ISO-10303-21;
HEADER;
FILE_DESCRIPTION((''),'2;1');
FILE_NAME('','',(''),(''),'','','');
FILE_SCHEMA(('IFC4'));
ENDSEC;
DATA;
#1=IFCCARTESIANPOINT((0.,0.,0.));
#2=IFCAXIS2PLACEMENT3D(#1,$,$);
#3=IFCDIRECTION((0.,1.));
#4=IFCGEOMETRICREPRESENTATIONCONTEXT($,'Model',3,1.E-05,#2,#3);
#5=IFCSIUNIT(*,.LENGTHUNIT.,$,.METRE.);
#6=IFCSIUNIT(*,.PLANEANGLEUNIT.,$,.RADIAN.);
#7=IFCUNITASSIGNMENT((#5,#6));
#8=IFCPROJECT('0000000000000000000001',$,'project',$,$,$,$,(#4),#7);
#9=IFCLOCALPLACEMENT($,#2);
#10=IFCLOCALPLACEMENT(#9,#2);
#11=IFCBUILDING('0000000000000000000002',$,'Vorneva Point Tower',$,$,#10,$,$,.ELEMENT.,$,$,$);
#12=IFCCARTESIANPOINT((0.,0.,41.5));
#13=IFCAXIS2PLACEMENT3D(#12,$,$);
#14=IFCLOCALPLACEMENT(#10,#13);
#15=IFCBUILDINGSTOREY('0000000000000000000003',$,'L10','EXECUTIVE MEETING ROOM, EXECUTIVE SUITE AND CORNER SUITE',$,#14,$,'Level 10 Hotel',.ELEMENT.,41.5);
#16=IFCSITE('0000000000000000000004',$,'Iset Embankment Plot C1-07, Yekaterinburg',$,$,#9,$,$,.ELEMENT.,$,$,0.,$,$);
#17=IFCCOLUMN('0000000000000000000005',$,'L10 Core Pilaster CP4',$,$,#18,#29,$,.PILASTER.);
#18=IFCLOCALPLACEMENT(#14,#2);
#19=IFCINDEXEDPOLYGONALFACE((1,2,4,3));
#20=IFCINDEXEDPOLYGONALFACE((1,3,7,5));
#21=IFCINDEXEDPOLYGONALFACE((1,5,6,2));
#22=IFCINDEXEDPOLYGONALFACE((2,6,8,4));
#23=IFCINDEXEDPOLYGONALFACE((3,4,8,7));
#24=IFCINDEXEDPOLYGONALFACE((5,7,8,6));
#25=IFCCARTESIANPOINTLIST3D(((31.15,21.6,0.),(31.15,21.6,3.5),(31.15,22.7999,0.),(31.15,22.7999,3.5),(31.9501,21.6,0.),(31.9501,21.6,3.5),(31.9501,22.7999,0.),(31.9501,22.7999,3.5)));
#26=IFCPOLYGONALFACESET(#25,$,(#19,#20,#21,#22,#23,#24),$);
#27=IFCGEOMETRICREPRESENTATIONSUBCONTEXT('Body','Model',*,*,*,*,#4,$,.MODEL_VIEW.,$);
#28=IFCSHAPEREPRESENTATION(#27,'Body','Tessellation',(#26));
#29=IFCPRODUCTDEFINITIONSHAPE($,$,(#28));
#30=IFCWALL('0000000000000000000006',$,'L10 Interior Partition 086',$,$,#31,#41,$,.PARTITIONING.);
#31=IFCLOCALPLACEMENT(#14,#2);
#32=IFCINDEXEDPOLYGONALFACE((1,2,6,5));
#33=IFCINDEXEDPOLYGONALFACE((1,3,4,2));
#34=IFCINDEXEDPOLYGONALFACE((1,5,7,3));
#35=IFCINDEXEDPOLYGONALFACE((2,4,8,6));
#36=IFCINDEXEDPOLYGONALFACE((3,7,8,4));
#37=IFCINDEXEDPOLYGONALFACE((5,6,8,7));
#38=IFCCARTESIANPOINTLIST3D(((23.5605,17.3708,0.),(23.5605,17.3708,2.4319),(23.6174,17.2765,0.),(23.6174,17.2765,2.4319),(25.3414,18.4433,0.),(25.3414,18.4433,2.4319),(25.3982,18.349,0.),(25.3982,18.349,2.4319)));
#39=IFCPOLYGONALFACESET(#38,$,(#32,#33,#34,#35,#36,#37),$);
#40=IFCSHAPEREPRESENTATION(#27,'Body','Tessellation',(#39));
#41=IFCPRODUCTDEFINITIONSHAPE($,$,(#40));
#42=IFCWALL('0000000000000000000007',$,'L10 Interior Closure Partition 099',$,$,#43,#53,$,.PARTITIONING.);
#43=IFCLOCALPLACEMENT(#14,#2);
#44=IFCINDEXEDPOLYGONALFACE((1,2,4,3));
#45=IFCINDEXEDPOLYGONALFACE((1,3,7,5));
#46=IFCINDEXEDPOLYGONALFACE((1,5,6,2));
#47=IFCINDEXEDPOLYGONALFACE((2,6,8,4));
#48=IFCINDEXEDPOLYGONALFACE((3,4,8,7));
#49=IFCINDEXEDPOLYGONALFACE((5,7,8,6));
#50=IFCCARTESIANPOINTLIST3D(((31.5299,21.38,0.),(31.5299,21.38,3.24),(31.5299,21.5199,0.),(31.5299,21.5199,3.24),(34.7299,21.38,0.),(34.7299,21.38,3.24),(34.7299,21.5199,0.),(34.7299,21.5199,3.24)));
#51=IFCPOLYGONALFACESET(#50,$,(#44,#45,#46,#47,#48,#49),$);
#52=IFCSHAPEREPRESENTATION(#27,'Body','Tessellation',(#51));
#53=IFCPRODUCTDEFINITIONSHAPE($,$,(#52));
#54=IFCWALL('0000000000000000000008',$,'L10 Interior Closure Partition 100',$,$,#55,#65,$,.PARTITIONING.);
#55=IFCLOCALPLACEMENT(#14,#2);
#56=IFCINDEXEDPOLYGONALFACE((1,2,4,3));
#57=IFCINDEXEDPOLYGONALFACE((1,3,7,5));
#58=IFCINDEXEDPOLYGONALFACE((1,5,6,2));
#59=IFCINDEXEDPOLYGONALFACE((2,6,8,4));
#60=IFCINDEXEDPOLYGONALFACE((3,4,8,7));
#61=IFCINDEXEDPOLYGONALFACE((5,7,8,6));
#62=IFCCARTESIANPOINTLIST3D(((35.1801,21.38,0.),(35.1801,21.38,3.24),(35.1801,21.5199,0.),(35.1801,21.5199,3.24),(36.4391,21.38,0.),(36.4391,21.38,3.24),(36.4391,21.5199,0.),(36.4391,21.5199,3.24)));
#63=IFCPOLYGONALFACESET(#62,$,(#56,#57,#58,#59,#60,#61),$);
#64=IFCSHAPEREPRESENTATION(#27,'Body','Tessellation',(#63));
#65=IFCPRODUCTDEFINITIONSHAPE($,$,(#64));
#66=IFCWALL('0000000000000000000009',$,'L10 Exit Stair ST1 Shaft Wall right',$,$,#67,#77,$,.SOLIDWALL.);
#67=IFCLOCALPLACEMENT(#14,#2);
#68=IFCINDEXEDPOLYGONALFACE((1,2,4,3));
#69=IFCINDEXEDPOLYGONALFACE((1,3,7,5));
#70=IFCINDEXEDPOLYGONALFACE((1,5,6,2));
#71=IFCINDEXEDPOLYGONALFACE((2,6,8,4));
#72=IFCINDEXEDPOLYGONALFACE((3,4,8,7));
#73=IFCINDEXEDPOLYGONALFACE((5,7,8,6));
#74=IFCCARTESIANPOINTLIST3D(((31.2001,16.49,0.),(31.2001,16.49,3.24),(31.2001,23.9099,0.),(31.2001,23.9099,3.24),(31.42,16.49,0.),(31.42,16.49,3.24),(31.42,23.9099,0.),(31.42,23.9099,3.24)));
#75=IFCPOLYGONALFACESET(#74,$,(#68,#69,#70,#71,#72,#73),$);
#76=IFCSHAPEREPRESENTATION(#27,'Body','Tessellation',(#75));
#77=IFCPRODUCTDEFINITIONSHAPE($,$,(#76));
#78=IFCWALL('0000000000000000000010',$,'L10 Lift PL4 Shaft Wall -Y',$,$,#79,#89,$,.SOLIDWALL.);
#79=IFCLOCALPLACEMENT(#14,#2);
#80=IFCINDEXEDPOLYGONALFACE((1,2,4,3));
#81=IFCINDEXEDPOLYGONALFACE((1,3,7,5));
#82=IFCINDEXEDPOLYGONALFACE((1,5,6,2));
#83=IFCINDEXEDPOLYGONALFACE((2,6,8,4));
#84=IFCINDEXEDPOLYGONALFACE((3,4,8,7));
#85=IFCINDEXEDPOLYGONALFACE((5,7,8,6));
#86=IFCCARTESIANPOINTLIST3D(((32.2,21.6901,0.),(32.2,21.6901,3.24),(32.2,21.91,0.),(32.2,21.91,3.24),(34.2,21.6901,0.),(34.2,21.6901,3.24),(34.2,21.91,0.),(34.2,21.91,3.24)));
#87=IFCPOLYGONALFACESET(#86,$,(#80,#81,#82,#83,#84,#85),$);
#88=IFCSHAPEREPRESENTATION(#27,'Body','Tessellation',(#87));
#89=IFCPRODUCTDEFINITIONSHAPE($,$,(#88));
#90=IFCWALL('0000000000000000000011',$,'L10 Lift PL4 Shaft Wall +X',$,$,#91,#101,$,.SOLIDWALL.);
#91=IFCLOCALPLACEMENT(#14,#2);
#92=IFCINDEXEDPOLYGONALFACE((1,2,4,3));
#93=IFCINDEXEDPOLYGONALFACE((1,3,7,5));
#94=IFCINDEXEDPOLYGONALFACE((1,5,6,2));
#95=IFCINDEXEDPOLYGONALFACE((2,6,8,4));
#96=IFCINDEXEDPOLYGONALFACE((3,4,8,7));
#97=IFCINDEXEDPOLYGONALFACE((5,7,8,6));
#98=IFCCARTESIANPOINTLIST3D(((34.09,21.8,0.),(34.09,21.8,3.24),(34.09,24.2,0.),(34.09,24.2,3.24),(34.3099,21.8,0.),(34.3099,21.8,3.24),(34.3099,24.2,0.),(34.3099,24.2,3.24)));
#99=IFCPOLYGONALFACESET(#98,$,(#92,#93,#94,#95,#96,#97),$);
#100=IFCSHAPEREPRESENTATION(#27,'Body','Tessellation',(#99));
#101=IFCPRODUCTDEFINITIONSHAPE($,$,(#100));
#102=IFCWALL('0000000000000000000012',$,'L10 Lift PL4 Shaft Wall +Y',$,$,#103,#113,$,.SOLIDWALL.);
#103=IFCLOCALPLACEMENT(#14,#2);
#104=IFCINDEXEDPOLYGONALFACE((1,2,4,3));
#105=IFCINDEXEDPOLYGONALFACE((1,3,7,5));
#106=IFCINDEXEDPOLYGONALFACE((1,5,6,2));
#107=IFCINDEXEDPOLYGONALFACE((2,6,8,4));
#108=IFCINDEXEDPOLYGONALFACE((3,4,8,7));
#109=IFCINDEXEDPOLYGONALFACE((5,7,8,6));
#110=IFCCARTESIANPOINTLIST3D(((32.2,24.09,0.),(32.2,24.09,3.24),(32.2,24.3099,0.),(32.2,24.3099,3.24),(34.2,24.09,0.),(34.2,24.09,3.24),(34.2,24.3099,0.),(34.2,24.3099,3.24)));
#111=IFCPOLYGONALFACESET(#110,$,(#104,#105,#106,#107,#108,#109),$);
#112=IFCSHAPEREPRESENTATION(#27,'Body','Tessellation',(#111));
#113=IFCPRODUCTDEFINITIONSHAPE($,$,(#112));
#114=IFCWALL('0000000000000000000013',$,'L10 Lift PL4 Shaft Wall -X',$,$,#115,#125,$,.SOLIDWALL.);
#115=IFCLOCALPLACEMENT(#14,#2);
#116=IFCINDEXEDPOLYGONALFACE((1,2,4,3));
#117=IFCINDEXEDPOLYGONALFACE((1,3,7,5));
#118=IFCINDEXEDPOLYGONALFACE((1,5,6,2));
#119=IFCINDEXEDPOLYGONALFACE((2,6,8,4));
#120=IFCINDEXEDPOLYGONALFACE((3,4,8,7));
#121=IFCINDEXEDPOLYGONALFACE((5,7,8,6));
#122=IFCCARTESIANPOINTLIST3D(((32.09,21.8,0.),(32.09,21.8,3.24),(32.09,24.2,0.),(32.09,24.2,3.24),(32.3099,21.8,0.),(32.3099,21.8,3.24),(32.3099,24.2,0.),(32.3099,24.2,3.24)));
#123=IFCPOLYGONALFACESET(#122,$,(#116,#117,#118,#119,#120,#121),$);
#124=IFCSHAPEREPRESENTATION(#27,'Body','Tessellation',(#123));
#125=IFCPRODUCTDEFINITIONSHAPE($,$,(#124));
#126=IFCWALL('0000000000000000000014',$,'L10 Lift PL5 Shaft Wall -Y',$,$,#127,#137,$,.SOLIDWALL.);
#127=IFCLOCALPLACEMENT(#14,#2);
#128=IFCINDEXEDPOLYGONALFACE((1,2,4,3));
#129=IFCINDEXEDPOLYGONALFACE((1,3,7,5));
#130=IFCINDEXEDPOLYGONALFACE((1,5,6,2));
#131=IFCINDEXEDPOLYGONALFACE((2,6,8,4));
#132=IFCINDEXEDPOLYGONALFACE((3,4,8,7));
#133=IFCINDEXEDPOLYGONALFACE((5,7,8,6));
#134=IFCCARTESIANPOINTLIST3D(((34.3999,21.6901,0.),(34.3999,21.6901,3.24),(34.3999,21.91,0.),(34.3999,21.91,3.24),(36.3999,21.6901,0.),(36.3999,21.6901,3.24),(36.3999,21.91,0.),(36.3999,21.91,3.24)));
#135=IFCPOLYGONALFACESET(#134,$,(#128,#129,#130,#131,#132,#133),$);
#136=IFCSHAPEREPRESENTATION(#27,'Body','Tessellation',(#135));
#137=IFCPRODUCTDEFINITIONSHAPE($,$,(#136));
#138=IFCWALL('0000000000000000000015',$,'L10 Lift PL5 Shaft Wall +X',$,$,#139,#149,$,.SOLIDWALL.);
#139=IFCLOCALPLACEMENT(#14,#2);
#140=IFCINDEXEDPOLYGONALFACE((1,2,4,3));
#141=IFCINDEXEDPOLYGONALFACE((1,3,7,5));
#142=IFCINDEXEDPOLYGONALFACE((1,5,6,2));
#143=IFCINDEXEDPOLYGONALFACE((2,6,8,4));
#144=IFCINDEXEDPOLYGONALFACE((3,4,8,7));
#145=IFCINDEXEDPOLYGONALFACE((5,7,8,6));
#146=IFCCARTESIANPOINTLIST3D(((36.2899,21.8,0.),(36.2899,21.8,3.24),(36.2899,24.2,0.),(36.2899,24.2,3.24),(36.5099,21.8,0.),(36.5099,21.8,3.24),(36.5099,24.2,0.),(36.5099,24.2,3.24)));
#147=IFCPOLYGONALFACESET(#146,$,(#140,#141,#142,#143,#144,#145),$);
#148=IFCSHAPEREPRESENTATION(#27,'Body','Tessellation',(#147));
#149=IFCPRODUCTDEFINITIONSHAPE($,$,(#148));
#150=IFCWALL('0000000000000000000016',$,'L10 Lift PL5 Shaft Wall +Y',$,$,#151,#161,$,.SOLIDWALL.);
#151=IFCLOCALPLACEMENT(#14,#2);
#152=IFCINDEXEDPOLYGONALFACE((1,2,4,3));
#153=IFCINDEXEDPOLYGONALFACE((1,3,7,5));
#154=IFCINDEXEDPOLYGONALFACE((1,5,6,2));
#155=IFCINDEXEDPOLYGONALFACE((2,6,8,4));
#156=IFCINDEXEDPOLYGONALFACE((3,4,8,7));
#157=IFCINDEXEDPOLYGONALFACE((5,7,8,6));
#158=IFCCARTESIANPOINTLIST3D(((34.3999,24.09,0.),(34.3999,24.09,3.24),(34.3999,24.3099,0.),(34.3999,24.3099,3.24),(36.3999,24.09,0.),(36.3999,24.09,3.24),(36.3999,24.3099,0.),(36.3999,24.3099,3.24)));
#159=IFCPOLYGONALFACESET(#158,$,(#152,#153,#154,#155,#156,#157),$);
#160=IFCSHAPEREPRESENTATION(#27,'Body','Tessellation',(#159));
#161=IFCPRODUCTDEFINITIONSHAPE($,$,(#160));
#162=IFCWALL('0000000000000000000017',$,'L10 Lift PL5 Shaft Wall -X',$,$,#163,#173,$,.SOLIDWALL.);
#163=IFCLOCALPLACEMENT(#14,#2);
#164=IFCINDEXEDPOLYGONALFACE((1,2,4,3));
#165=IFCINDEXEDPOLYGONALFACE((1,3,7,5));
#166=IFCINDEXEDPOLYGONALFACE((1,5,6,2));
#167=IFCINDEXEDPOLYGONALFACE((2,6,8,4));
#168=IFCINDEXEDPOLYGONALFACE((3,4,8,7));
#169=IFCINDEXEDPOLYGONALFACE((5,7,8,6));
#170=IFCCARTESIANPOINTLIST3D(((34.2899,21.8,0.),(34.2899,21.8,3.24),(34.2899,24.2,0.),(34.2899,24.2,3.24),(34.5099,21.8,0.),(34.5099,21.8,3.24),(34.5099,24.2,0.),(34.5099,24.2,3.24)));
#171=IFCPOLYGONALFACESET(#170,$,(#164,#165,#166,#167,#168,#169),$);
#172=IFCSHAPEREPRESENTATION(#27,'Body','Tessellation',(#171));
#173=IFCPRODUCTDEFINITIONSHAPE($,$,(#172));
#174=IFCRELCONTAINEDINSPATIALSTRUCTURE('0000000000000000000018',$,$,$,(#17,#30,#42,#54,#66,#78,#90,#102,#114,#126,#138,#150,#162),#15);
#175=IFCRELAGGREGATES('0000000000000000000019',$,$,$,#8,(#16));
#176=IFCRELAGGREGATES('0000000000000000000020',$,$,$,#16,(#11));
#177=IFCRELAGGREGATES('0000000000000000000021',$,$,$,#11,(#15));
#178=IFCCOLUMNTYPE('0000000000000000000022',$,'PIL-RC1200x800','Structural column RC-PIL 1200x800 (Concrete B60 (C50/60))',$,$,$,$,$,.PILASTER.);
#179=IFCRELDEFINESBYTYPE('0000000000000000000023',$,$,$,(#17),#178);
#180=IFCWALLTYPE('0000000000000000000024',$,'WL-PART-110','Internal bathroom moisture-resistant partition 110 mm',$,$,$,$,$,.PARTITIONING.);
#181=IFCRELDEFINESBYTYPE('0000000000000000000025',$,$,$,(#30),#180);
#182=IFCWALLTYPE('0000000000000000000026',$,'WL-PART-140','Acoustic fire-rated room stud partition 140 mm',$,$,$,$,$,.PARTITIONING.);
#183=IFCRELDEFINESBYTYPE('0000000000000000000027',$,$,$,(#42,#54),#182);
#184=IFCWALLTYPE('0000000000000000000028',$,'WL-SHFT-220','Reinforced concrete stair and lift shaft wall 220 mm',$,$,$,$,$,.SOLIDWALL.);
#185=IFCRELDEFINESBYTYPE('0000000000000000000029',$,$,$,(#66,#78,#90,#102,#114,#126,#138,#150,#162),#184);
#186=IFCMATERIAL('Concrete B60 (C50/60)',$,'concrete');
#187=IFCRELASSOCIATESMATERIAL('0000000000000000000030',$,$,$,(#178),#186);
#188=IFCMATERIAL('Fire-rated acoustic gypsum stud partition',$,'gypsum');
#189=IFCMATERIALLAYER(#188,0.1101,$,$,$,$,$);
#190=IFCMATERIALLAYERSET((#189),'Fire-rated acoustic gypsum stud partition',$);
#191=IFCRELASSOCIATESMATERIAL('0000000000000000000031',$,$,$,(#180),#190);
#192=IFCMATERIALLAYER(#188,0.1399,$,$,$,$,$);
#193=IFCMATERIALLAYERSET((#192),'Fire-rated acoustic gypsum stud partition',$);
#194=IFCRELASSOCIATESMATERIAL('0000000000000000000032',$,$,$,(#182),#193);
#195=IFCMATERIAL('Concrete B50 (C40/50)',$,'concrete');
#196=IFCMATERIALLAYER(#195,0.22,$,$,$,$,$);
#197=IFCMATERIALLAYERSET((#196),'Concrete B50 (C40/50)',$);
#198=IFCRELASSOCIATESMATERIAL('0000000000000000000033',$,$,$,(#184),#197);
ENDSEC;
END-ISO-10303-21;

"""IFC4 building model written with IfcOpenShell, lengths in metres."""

from ifc_helpers import new_model, si_unit, direction, frame, frame_2d, origin, origin_2d, place, context, subcontext, project, spatial, rectangle, extrude, material, layer, layer_set, material_profile, profile_set, type_object, element, save


model = new_model("IFC4")

# Units and contexts
model_context = context("Model", 3, precision=1e-05, world=origin(), true_north=direction((0.0, 1.0)))
body_context = subcontext(model_context, "Body", "Model", "MODEL_VIEW")
ifc_project = project(units=[si_unit("LENGTHUNIT", "METRE"), si_unit("PLANEANGLEUNIT", "RADIAN")], contexts=[model_context])

# Site, building, storey
site_placement = place(None, origin())
site = spatial("IfcSite", under=ifc_project, at=site_placement, Name="Iset Embankment Plot C1-07, Yekaterinburg", CompositionType="ELEMENT", RefElevation=0.0)
building_placement = place(site_placement, origin())
building = spatial("IfcBuilding", under=site, at=building_placement, Name="Vorneva Point Tower", CompositionType="ELEMENT")
storey_placement = place(building_placement, frame((0.0, 0.0, 41.5)))
storey = spatial("IfcBuildingStorey", under=building, at=storey_placement, Name="L10", Description="EXECUTIVE MEETING ROOM, EXECUTIVE SUITE AND CORNER SUITE", LongName="Level 10 Hotel", CompositionType="ELEMENT", Elevation=41.5)

# Column
ifc_material_1 = material(Name="Concrete B60 (C50/60)", Category="concrete")
ifc_material_profile = material_profile(ifc_material_1, rectangle(XDim=0.8, YDim=1.2, at=origin_2d()), Name="RC-PIL 1200x800")
ifc_profile_set = profile_set([ifc_material_profile], Name="Concrete B60 (C50/60)")
column_type = type_object("IfcColumnType", Name="PIL-RC1200x800", Description="Structural column RC-PIL 1200x800 (Concrete B60 (C50/60))", PredefinedType="PILASTER", material=ifc_profile_set)
column_placement = place(storey_placement, frame((31.55, 22.2, 0.0), z_axis=(0.0, 0.0, 1.0), x_axis=(1.0, 0.0, 0.0)))
element("IfcColumn", 1, at=column_placement, inside=storey, type_object=column_type, Name="L10 Core Pilaster CP4", PredefinedType="PILASTER", context=body_context, shape_type="SweptSolid", body=[
    extrude(rectangle(XDim=0.8, YDim=1.2, at=origin_2d()), origin(), (0.0, 0.0, 1.0), 3.5),
])

# Walls
ifc_material_2 = material(Name="Fire-rated acoustic gypsum stud partition", Category="gypsum")
ifc_layer_1 = layer(ifc_material_2, 0.1101)
ifc_layer_set_1 = layer_set([ifc_layer_1], Name="Fire-rated acoustic gypsum stud partition")
wall_type_1 = type_object("IfcWallType", Name="WL-PART-110", Description="Internal bathroom moisture-resistant partition 110 mm", PredefinedType="PARTITIONING", material=ifc_layer_set_1)
wall_1_placement = place(storey_placement, frame((25.3699, 18.3962, 0.0), z_axis=(0.0, 0.0, 1.0), x_axis=(-0.856632, -0.515929, 0.0)))
element("IfcWall", 2, at=wall_1_placement, inside=storey, type_object=wall_type_1, Name="L10 Interior Partition 086", PredefinedType="PARTITIONING", context=body_context, shape_type="SweptSolid", body=[
    extrude(rectangle(XDim=2.0789, YDim=0.1101, at=frame_2d((1.0396, 0.0))), origin(), (0.0, 0.0, 1.0), 2.4319),
])
ifc_layer_2 = layer(ifc_material_2, 0.1399)
ifc_layer_set_2 = layer_set([ifc_layer_2], Name="Fire-rated acoustic gypsum stud partition")
wall_type_2 = type_object("IfcWallType", Name="WL-PART-140", Description="Acoustic fire-rated room stud partition 140 mm", PredefinedType="PARTITIONING", material=ifc_layer_set_2)
wall_2_placement = place(storey_placement, frame((34.73, 21.45, 0.0), z_axis=(0.0, 0.0, 1.0), x_axis=(-1.0, 0.0, 0.0)))
element("IfcWall", 3, at=wall_2_placement, inside=storey, type_object=wall_type_2, Name="L10 Interior Closure Partition 099", PredefinedType="PARTITIONING", context=body_context, shape_type="SweptSolid", body=[
    extrude(rectangle(XDim=3.2, YDim=0.1399, at=frame_2d((1.6001, 0.0))), origin(), (0.0, 0.0, 1.0), 3.24),
])
wall_3_placement = place(storey_placement, frame((36.439, 21.45, 0.0), z_axis=(0.0, 0.0, 1.0), x_axis=(-1.0, 0.0, 0.0)))
element("IfcWall", 4, at=wall_3_placement, inside=storey, type_object=wall_type_2, Name="L10 Interior Closure Partition 100", PredefinedType="PARTITIONING", context=body_context, shape_type="SweptSolid", body=[
    extrude(rectangle(XDim=1.259, YDim=0.1399, at=frame_2d((0.6294, 0.0))), origin(), (0.0, 0.0, 1.0), 3.24),
])

# Shared definitions
ifc_material_3 = material(Name="Concrete B50 (C40/50)", Category="concrete")
ifc_layer_3 = layer(ifc_material_3, 0.22)
ifc_layer_set_3 = layer_set([ifc_layer_3], Name="Concrete B50 (C40/50)")
wall_type_3 = type_object("IfcWallType", Name="WL-SHFT-220", Description="Reinforced concrete stair and lift shaft wall 220 mm", PredefinedType="SOLIDWALL", material=ifc_layer_set_3)

# Walls
wall_4_placement = place(storey_placement, frame((31.3101, 23.9099, 0.0), z_axis=(0.0, 0.0, 1.0), x_axis=(0.0, -1.0, 0.0)))
element("IfcWall", 5, at=wall_4_placement, inside=storey, type_object=wall_type_3, Name="L10 Exit Stair ST1 Shaft Wall right", PredefinedType="SOLIDWALL", context=body_context, shape_type="SweptSolid", body=[
    extrude(rectangle(XDim=7.4199, YDim=0.22, at=frame_2d((3.71, 0.0))), origin(), (0.0, 0.0, 1.0), 3.24),
])
wall_5_placement = place(storey_placement, frame((32.2, 21.8, 0.0), z_axis=(0.0, 0.0, 1.0), x_axis=(1.0, 0.0, 0.0)))
element("IfcWall", 6, at=wall_5_placement, inside=storey, type_object=wall_type_3, Name="L10 Lift PL4 Shaft Wall -Y", PredefinedType="SOLIDWALL", context=body_context, shape_type="SweptSolid", body=[
    extrude(rectangle(XDim=2.0, YDim=0.22, at=frame_2d((1.0, 0.0))), origin(), (0.0, 0.0, 1.0), 3.24),
])
wall_6_placement = place(storey_placement, frame((34.2, 21.8, 0.0), z_axis=(0.0, 0.0, 1.0), x_axis=(0.0, 1.0, 0.0)))
element("IfcWall", 7, at=wall_6_placement, inside=storey, type_object=wall_type_3, Name="L10 Lift PL4 Shaft Wall +X", PredefinedType="SOLIDWALL", context=body_context, shape_type="SweptSolid", body=[
    extrude(rectangle(XDim=2.3999, YDim=0.22, at=frame_2d((1.2, 0.0))), origin(), (0.0, 0.0, 1.0), 3.24),
])
wall_7_placement = place(storey_placement, frame((34.2, 24.2, 0.0), z_axis=(0.0, 0.0, 1.0), x_axis=(-1.0, 0.0, 0.0)))
element("IfcWall", 8, at=wall_7_placement, inside=storey, type_object=wall_type_3, Name="L10 Lift PL4 Shaft Wall +Y", PredefinedType="SOLIDWALL", context=body_context, shape_type="SweptSolid", body=[
    extrude(rectangle(XDim=2.0, YDim=0.22, at=frame_2d((1.0, 0.0))), origin(), (0.0, 0.0, 1.0), 3.24),
])
wall_8_placement = place(storey_placement, frame((32.2, 24.2, 0.0), z_axis=(0.0, 0.0, 1.0), x_axis=(0.0, -1.0, 0.0)))
element("IfcWall", 9, at=wall_8_placement, inside=storey, type_object=wall_type_3, Name="L10 Lift PL4 Shaft Wall -X", PredefinedType="SOLIDWALL", context=body_context, shape_type="SweptSolid", body=[
    extrude(rectangle(XDim=2.3999, YDim=0.22, at=frame_2d((1.2, 0.0))), origin(), (0.0, 0.0, 1.0), 3.24),
])
wall_9_placement = place(storey_placement, frame((34.3999, 21.8, 0.0), z_axis=(0.0, 0.0, 1.0), x_axis=(1.0, 0.0, 0.0)))
element("IfcWall", 10, at=wall_9_placement, inside=storey, type_object=wall_type_3, Name="L10 Lift PL5 Shaft Wall -Y", PredefinedType="SOLIDWALL", context=body_context, shape_type="SweptSolid", body=[
    extrude(rectangle(XDim=2.0, YDim=0.22, at=frame_2d((1.0, 0.0))), origin(), (0.0, 0.0, 1.0), 3.24),
])
wall_10_placement = place(storey_placement, frame((36.3999, 21.8, 0.0), z_axis=(0.0, 0.0, 1.0), x_axis=(0.0, 1.0, 0.0)))
element("IfcWall", 11, at=wall_10_placement, inside=storey, type_object=wall_type_3, Name="L10 Lift PL5 Shaft Wall +X", PredefinedType="SOLIDWALL", context=body_context, shape_type="SweptSolid", body=[
    extrude(rectangle(XDim=2.3999, YDim=0.22, at=frame_2d((1.2, 0.0))), origin(), (0.0, 0.0, 1.0), 3.24),
])
wall_11_placement = place(storey_placement, frame((36.3999, 24.2, 0.0), z_axis=(0.0, 0.0, 1.0), x_axis=(-1.0, 0.0, 0.0)))
element("IfcWall", 12, at=wall_11_placement, inside=storey, type_object=wall_type_3, Name="L10 Lift PL5 Shaft Wall +Y", PredefinedType="SOLIDWALL", context=body_context, shape_type="SweptSolid", body=[
    extrude(rectangle(XDim=2.0, YDim=0.22, at=frame_2d((1.0, 0.0))), origin(), (0.0, 0.0, 1.0), 3.24),
])
wall_12_placement = place(storey_placement, frame((34.3999, 24.2, 0.0), z_axis=(0.0, 0.0, 1.0), x_axis=(0.0, -1.0, 0.0)))
element("IfcWall", 13, at=wall_12_placement, inside=storey, type_object=wall_type_3, Name="L10 Lift PL5 Shaft Wall -X", PredefinedType="SOLIDWALL", context=body_context, shape_type="SweptSolid", body=[
    extrude(rectangle(XDim=2.3999, YDim=0.22, at=frame_2d((1.2, 0.0))), origin(), (0.0, 0.0, 1.0), 3.24),
])

save(model, "model.ifc")
